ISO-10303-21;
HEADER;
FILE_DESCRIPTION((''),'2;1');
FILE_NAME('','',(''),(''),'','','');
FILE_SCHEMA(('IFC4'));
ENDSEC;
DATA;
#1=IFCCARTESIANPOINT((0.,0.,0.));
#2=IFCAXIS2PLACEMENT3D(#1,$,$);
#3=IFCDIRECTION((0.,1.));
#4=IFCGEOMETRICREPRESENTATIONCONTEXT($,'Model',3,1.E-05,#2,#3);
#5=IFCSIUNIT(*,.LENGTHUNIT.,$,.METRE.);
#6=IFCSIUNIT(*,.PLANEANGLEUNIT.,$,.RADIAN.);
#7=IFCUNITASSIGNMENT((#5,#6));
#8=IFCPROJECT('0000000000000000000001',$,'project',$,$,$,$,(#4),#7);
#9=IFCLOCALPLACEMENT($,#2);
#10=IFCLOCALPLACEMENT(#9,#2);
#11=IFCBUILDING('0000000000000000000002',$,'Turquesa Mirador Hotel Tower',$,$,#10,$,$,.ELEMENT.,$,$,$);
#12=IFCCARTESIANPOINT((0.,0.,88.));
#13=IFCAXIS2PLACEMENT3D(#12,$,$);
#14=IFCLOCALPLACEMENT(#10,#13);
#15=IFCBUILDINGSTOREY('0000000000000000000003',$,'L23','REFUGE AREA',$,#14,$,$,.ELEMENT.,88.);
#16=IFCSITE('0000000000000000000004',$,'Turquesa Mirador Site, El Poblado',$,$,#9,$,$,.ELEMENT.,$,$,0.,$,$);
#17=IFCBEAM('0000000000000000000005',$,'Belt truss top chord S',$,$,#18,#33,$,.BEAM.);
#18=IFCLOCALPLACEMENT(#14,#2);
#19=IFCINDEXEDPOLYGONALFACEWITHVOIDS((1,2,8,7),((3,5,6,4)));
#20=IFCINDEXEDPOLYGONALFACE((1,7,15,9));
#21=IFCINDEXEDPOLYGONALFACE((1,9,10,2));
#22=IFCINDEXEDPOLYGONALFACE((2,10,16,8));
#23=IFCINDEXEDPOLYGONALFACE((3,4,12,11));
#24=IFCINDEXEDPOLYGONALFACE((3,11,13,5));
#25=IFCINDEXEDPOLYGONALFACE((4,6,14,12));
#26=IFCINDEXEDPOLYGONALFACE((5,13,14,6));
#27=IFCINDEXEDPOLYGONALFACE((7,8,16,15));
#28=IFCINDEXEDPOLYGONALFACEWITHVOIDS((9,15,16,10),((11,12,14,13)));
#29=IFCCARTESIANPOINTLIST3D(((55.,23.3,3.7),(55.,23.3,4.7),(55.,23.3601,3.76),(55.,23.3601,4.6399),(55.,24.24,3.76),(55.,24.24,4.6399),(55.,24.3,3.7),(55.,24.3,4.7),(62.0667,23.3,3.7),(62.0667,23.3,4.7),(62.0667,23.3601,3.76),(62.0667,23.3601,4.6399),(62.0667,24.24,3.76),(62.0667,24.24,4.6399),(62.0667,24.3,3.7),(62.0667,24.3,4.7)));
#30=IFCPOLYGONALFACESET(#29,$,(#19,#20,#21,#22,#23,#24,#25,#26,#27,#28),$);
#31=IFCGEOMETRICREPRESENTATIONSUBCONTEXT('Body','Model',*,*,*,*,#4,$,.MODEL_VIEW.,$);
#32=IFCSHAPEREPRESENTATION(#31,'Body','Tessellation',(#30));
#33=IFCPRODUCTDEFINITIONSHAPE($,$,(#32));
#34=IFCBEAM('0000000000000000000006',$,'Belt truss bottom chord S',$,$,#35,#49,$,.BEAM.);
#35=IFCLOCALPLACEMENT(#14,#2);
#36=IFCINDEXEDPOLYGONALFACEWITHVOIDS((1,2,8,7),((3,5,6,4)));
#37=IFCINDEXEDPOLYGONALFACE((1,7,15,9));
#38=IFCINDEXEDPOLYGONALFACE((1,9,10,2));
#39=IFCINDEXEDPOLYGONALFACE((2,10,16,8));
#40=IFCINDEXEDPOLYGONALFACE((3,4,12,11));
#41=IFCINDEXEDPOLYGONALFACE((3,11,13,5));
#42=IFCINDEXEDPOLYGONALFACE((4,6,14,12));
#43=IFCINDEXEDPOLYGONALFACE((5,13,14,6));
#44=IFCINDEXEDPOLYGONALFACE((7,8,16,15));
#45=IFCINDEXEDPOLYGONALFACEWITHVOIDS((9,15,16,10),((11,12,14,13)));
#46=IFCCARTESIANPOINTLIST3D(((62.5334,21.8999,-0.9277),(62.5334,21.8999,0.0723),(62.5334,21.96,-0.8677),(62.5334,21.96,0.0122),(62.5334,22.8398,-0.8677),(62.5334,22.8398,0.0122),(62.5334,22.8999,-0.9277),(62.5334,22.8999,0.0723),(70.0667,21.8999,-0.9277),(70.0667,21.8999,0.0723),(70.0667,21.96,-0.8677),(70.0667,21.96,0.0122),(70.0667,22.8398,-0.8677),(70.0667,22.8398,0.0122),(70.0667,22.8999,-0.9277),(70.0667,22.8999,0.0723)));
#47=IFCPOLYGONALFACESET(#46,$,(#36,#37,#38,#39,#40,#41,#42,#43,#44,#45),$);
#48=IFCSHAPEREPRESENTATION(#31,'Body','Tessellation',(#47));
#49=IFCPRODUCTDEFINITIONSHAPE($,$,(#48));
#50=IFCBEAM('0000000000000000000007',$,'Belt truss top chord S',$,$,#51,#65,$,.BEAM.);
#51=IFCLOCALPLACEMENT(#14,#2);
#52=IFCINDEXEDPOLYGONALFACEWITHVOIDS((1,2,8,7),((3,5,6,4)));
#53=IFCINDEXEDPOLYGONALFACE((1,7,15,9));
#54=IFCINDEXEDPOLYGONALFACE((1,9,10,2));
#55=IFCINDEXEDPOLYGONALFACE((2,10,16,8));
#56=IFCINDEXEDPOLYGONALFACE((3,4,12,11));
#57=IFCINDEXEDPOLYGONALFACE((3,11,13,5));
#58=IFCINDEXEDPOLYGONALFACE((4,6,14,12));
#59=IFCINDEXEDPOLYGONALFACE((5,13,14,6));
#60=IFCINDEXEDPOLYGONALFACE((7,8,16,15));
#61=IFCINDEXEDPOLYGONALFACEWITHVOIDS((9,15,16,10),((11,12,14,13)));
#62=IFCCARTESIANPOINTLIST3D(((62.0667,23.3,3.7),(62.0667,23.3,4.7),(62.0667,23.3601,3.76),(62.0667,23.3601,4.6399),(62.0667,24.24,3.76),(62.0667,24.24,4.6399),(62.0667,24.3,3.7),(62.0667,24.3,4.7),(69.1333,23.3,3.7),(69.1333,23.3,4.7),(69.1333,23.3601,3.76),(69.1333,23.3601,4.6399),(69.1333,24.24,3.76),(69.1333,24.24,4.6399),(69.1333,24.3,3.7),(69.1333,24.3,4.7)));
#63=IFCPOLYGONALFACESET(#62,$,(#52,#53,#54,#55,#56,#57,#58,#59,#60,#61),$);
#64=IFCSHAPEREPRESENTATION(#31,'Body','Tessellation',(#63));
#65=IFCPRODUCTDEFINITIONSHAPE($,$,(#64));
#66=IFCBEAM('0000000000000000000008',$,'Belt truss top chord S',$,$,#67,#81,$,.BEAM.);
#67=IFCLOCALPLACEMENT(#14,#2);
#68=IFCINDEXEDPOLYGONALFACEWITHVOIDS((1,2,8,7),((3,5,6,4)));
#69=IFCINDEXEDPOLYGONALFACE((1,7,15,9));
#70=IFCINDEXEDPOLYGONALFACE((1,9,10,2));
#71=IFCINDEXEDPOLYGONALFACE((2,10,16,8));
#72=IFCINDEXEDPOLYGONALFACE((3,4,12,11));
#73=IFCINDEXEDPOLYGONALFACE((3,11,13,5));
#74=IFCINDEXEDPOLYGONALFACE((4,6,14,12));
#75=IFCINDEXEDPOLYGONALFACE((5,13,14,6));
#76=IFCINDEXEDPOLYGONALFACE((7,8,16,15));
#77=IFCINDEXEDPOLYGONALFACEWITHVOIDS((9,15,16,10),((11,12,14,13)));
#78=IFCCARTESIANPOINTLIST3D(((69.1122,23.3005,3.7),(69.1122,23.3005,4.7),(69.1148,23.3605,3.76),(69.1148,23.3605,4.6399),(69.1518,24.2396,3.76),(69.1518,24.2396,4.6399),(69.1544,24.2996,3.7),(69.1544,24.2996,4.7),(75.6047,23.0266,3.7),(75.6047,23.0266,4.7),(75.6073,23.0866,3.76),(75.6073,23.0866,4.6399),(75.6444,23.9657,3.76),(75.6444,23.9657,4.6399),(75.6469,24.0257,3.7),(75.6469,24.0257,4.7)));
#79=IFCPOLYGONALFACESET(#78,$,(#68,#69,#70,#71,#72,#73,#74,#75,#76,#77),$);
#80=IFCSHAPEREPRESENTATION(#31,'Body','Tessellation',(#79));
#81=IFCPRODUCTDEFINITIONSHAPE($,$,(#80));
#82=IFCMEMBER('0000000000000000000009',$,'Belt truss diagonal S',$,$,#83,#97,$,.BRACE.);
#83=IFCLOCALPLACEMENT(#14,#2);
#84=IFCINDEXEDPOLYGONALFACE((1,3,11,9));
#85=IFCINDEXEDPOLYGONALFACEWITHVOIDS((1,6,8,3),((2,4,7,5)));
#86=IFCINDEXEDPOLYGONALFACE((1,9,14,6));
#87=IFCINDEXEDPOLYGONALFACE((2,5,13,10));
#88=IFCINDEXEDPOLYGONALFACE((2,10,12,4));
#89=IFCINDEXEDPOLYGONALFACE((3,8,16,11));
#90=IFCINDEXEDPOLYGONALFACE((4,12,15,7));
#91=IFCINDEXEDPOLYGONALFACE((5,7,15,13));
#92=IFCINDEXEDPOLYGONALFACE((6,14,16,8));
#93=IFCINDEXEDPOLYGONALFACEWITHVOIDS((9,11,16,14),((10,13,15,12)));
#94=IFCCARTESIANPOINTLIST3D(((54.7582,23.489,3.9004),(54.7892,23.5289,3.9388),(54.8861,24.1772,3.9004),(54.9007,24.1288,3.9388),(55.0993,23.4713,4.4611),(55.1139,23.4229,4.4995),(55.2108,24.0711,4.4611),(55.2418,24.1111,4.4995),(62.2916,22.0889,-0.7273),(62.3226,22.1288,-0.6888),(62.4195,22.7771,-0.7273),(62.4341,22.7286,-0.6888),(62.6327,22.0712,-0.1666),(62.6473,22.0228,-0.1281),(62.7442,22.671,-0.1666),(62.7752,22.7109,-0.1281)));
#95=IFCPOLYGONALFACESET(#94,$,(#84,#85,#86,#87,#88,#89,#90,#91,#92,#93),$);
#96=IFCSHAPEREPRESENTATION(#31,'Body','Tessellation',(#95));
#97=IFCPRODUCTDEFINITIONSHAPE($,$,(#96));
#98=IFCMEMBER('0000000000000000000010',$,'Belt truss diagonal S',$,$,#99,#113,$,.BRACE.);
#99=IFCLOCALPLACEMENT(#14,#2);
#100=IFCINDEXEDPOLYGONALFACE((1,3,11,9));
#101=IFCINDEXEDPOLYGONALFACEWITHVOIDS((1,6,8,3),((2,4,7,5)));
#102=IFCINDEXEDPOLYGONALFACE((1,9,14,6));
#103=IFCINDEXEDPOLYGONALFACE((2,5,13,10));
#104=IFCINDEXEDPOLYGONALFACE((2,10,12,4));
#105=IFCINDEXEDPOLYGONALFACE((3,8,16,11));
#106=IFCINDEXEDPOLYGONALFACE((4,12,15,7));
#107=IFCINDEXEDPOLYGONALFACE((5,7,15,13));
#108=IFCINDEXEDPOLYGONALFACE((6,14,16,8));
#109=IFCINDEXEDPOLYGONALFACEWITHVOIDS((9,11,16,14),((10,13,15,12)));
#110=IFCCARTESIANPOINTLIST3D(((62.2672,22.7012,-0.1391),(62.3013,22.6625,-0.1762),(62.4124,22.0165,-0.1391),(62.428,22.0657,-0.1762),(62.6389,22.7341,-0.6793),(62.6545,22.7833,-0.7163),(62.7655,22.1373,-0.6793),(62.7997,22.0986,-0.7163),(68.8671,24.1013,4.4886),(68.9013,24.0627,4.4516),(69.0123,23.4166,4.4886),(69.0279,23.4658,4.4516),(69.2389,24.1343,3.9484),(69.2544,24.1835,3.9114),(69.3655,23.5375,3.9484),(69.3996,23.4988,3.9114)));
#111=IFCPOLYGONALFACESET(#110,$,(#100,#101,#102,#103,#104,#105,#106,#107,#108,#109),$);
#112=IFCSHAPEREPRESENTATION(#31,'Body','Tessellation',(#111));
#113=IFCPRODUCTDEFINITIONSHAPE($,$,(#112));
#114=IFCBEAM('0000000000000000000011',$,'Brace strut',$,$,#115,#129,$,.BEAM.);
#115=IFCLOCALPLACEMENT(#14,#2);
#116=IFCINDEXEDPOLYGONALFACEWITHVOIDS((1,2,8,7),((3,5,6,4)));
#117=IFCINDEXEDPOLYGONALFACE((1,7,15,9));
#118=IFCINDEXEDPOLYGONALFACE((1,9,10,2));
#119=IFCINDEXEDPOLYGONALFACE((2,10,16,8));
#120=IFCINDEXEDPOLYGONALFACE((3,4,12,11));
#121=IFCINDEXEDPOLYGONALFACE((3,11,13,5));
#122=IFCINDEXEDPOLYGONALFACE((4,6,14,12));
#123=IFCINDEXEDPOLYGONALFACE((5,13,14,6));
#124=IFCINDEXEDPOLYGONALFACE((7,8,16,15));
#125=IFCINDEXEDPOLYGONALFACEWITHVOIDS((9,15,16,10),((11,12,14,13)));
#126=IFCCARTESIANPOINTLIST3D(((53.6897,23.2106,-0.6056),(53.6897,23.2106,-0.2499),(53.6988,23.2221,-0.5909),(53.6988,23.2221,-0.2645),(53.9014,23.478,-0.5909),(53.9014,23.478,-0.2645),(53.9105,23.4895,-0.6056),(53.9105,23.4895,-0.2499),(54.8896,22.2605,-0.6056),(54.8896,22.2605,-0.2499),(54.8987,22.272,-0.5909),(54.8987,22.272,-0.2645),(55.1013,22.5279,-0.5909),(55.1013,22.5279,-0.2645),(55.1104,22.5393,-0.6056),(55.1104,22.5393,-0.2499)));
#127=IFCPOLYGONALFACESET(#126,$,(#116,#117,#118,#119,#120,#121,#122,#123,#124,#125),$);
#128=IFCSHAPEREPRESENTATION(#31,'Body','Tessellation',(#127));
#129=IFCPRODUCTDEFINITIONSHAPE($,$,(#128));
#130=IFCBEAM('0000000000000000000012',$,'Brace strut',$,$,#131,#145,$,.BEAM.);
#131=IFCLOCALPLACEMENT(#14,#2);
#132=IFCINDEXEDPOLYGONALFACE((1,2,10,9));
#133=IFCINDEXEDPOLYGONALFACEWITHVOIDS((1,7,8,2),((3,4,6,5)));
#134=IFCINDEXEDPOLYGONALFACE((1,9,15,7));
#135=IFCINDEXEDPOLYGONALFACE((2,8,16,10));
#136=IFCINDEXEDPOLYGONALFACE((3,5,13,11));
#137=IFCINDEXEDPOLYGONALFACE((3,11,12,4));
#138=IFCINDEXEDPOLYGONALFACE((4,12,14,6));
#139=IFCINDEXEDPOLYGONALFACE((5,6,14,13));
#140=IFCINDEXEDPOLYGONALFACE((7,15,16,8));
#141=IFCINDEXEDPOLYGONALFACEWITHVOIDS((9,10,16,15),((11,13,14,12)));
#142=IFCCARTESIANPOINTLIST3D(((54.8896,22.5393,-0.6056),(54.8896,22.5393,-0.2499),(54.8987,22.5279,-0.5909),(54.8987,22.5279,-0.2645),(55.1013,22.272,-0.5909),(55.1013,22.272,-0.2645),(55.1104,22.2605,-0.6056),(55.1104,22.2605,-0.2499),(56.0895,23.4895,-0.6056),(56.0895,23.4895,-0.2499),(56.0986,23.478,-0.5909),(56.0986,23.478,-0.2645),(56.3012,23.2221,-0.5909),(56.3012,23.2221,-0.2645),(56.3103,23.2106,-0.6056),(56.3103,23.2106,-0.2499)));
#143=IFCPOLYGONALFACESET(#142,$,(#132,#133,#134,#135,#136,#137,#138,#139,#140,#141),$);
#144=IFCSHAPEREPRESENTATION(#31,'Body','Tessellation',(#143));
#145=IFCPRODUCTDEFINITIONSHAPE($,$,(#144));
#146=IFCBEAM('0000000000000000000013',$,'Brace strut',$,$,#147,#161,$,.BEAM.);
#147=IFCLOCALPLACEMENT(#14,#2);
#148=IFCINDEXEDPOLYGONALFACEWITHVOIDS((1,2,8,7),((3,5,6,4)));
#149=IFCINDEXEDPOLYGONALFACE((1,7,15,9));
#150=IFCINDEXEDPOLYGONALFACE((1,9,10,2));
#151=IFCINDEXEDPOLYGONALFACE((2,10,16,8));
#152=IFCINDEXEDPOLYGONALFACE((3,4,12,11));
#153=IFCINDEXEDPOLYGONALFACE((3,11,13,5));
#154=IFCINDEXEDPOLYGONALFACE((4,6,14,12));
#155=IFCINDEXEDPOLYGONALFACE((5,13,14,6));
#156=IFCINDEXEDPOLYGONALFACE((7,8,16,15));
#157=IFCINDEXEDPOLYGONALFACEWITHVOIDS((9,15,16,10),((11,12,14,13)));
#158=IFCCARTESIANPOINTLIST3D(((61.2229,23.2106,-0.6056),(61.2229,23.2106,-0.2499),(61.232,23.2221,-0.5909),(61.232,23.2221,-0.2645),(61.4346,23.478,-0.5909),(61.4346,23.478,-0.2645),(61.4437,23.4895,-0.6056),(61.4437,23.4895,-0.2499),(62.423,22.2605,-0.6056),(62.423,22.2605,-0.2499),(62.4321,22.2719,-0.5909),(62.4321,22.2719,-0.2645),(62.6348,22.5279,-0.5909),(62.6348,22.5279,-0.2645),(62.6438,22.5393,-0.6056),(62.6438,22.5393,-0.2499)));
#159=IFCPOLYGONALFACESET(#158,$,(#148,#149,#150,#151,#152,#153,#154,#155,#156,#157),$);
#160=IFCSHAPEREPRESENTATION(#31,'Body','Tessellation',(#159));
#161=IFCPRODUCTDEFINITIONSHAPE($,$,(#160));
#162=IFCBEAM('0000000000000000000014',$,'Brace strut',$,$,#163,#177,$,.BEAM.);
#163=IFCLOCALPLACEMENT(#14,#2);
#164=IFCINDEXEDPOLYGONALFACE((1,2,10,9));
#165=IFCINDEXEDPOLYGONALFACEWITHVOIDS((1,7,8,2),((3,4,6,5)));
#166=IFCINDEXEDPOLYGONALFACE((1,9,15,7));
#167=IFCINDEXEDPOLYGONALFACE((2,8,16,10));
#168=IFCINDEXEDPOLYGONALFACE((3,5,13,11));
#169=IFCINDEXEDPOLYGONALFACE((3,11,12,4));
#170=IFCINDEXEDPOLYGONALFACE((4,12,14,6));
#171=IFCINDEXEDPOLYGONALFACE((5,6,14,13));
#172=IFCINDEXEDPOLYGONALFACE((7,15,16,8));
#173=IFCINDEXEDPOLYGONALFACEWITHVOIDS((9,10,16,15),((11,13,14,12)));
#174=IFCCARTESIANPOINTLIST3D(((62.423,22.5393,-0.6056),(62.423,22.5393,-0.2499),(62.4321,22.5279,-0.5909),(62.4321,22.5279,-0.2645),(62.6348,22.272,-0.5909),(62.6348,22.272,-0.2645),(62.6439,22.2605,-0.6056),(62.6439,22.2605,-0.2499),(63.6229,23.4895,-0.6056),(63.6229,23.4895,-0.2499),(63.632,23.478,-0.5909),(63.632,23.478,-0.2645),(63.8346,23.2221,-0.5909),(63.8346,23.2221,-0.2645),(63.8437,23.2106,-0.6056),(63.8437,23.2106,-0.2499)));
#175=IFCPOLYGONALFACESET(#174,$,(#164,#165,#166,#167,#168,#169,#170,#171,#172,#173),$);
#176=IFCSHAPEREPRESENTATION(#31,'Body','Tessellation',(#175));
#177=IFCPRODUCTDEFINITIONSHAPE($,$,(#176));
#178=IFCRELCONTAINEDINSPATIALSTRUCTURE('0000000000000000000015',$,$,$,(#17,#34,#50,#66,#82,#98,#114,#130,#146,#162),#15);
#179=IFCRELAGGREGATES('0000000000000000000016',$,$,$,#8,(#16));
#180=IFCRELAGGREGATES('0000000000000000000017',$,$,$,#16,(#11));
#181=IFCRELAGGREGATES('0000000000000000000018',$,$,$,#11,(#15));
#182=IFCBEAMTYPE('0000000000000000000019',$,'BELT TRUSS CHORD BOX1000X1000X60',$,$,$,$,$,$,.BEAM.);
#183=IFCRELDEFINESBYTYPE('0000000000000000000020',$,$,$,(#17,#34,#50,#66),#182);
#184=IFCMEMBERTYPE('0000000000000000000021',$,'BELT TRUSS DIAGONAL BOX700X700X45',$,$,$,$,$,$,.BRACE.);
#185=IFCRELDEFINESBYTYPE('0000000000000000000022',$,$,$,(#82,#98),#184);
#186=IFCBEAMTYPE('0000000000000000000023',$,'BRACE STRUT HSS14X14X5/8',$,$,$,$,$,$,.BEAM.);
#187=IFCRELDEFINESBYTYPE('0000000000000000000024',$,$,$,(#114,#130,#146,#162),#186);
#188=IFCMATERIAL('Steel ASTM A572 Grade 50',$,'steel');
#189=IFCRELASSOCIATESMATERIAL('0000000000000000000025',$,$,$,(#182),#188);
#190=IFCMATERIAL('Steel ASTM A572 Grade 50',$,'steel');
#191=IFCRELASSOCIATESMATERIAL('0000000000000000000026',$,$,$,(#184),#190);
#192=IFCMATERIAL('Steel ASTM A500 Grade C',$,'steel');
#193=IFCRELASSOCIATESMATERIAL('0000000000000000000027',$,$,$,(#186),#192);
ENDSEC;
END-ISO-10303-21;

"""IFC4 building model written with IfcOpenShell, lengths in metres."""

from ifc_helpers import new_model, si_unit, direction, frame, origin, origin_2d, place, context, subcontext, project, spatial, hollow_rectangle, extrude, material, material_profile, profile_set, type_object, element, save


model = new_model("IFC4")

# Units and contexts
model_context = context("Model", 3, precision=1e-05, world=origin(), true_north=direction((0.0, 1.0)))
body_context = subcontext(model_context, "Body", "Model", "MODEL_VIEW")
ifc_project = project(units=[si_unit("LENGTHUNIT", "METRE"), si_unit("PLANEANGLEUNIT", "RADIAN")], contexts=[model_context])

# Site, building, storey
site_placement = place(None, origin())
site = spatial("IfcSite", under=ifc_project, at=site_placement, Name="Turquesa Mirador Site, El Poblado", CompositionType="ELEMENT", RefElevation=0.0)
building_placement = place(site_placement, origin())
building = spatial("IfcBuilding", under=site, at=building_placement, Name="Turquesa Mirador Hotel Tower", CompositionType="ELEMENT")
storey_placement = place(building_placement, frame((0.0, 0.0, 88.0)))
storey = spatial("IfcBuildingStorey", under=building, at=storey_placement, Name="L23", Description="REFUGE AREA", CompositionType="ELEMENT", Elevation=88.0)

# Beams
ifc_material_1 = material(Name="Steel ASTM A572 Grade 50", Category="steel")
ifc_material_profile_1 = material_profile(ifc_material_1, hollow_rectangle(XDim=1.0, YDim=1.0, WallThickness=0.0601, at=origin_2d()), Name="BOX1000X1000X60")
ifc_profile_set_1 = profile_set([ifc_material_profile_1], Name="Steel ASTM A572 Grade 50")
beam_type_1 = type_object("IfcBeamType", Name="BELT TRUSS CHORD BOX1000X1000X60", PredefinedType="BEAM", material=ifc_profile_set_1)
beam_1_placement = place(storey_placement, frame((55.0, 23.8, 4.2), z_axis=(1.0, 0.0, 0.0), x_axis=(0.0, 1.0, 0.0)))
element("IfcBeam", 1, at=beam_1_placement, inside=storey, type_object=beam_type_1, Name="Belt truss top chord S", PredefinedType="BEAM", context=body_context, shape_type="SweptSolid", body=[
    extrude(hollow_rectangle(XDim=1.0, YDim=1.0, WallThickness=0.0601, at=origin_2d()), origin(), (0.0, 0.0, 1.0), 7.0667),
])
beam_2_placement = place(storey_placement, frame((62.5334, 22.3999, -0.4277), z_axis=(1.0, 0.0, 0.0), x_axis=(0.0, 1.0, 0.0)))
element("IfcBeam", 2, at=beam_2_placement, inside=storey, type_object=beam_type_1, Name="Belt truss bottom chord S", PredefinedType="BEAM", context=body_context, shape_type="SweptSolid", body=[
    extrude(hollow_rectangle(XDim=1.0, YDim=1.0, WallThickness=0.0601, at=origin_2d()), origin(), (0.0, 0.0, 1.0), 7.5332),
])
beam_3_placement = place(storey_placement, frame((62.0667, 23.8, 4.2), z_axis=(1.0, 0.0, 0.0), x_axis=(0.0, 1.0, 0.0)))
element("IfcBeam", 3, at=beam_3_placement, inside=storey, type_object=beam_type_1, Name="Belt truss top chord S", PredefinedType="BEAM", context=body_context, shape_type="SweptSolid", body=[
    extrude(hollow_rectangle(XDim=1.0, YDim=1.0, WallThickness=0.0601, at=origin_2d()), origin(), (0.0, 0.0, 1.0), 7.0667),
])
beam_4_placement = place(storey_placement, frame((69.1333, 23.8, 4.2), z_axis=(0.999111, -0.042154, 0.0), x_axis=(0.042154, 0.999111, 0.0)))
element("IfcBeam", 4, at=beam_4_placement, inside=storey, type_object=beam_type_1, Name="Belt truss top chord S", PredefinedType="BEAM", context=body_context, shape_type="SweptSolid", body=[
    extrude(hollow_rectangle(XDim=1.0, YDim=1.0, WallThickness=0.0601, at=origin_2d()), origin(), (0.0, 0.0, 1.0), 6.4983),
])

# Members
ifc_material_2 = material(Name="Steel ASTM A572 Grade 50", Category="steel")
ifc_material_profile_2 = material_profile(ifc_material_2, hollow_rectangle(XDim=0.7, YDim=0.7, WallThickness=0.0449, at=origin_2d()), Name="BOX700X700X45")
ifc_profile_set_2 = profile_set([ifc_material_profile_2], Name="Steel ASTM A572 Grade 50")
member_type = type_object("IfcMemberType", Name="BELT TRUSS DIAGONAL BOX700X700X45", PredefinedType="BRACE", material=ifc_profile_set_2)
member_1_placement = place(storey_placement, frame((55.0, 23.8, 4.2), z_axis=(0.841588, -0.156415, -0.516975), x_axis=(0.182728, 0.983163, 0.0)))
element("IfcMember", 5, at=member_1_placement, inside=storey, type_object=member_type, Name="Belt truss diagonal S", PredefinedType="BRACE", context=body_context, shape_type="SweptSolid", body=[
    extrude(hollow_rectangle(XDim=0.7, YDim=0.7, WallThickness=0.0449, at=origin_2d()), origin(), (0.0, 0.0, 1.0), 8.9514),
])
member_2_placement = place(storey_placement, frame((62.5334, 22.3999, -0.4277), z_axis=(0.806698, 0.171139, 0.565641), x_axis=(-0.207529, 0.978229, 0.0)))
element("IfcMember", 6, at=member_2_placement, inside=storey, type_object=member_type, Name="Belt truss diagonal S", PredefinedType="BRACE", context=body_context, shape_type="SweptSolid", body=[
    extrude(hollow_rectangle(XDim=0.7, YDim=0.7, WallThickness=0.0449, at=origin_2d()), origin(), (0.0, 0.0, 1.0), 8.1814),
])

# Beams
ifc_material_3 = material(Name="Steel ASTM A500 Grade C", Category="steel")
ifc_material_profile_3 = material_profile(ifc_material_3, hollow_rectangle(XDim=0.3557, YDim=0.3557, WallThickness=0.0146, at=origin_2d()), Name="HSS14X14X5/8")
ifc_profile_set_3 = profile_set([ifc_material_profile_3], Name="Steel ASTM A500 Grade C")
beam_type_2 = type_object("IfcBeamType", Name="BRACE STRUT HSS14X14X5/8", PredefinedType="BEAM", material=ifc_profile_set_3)
for number, where, z_axis, x_axis, name in (
    (7, (55.0, 22.3999, -0.4277), (-0.783971, 0.620797, 0.0), (-0.620797, -0.783971, 0.0), "Brace strut"),
    (8, (55.0, 22.3999, -0.4277), (0.783971, 0.620797, 0.0), (-0.620797, 0.783971, 0.0), "Brace strut"),
):
    element("IfcBeam", number, at=place(storey_placement, frame(where, z_axis=z_axis, x_axis=x_axis)), inside=storey, type_object=beam_type_2, Name=name, PredefinedType="BEAM", context=body_context, shape_type="SweptSolid", body=[
        extrude(hollow_rectangle(XDim=0.3557, YDim=0.3557, WallThickness=0.0146, at=origin_2d()), origin(), (0.0, 0.0, 1.0), 1.5305),
    ])
beam_5_placement = place(storey_placement, frame((62.5334, 22.3999, -0.4277), z_axis=(-0.784033, 0.620719, 0.0), x_axis=(-0.620719, -0.784033, 0.0)))
element("IfcBeam", 9, at=beam_5_placement, inside=storey, type_object=beam_type_2, Name="Brace strut", PredefinedType="BEAM", context=body_context, shape_type="SweptSolid", body=[
    extrude(hollow_rectangle(XDim=0.3557, YDim=0.3557, WallThickness=0.0146, at=origin_2d()), origin(), (0.0, 0.0, 1.0), 1.5308),
])
beam_6_placement = place(storey_placement, frame((62.5334, 22.3999, -0.4277), z_axis=(0.783971, 0.620797, 0.0), x_axis=(-0.620797, 0.783971, 0.0)))
element("IfcBeam", 10, at=beam_6_placement, inside=storey, type_object=beam_type_2, Name="Brace strut", PredefinedType="BEAM", context=body_context, shape_type="SweptSolid", body=[
    extrude(hollow_rectangle(XDim=0.3557, YDim=0.3557, WallThickness=0.0146, at=origin_2d()), origin(), (0.0, 0.0, 1.0), 1.5305),
])

save(model, "model.ifc")
